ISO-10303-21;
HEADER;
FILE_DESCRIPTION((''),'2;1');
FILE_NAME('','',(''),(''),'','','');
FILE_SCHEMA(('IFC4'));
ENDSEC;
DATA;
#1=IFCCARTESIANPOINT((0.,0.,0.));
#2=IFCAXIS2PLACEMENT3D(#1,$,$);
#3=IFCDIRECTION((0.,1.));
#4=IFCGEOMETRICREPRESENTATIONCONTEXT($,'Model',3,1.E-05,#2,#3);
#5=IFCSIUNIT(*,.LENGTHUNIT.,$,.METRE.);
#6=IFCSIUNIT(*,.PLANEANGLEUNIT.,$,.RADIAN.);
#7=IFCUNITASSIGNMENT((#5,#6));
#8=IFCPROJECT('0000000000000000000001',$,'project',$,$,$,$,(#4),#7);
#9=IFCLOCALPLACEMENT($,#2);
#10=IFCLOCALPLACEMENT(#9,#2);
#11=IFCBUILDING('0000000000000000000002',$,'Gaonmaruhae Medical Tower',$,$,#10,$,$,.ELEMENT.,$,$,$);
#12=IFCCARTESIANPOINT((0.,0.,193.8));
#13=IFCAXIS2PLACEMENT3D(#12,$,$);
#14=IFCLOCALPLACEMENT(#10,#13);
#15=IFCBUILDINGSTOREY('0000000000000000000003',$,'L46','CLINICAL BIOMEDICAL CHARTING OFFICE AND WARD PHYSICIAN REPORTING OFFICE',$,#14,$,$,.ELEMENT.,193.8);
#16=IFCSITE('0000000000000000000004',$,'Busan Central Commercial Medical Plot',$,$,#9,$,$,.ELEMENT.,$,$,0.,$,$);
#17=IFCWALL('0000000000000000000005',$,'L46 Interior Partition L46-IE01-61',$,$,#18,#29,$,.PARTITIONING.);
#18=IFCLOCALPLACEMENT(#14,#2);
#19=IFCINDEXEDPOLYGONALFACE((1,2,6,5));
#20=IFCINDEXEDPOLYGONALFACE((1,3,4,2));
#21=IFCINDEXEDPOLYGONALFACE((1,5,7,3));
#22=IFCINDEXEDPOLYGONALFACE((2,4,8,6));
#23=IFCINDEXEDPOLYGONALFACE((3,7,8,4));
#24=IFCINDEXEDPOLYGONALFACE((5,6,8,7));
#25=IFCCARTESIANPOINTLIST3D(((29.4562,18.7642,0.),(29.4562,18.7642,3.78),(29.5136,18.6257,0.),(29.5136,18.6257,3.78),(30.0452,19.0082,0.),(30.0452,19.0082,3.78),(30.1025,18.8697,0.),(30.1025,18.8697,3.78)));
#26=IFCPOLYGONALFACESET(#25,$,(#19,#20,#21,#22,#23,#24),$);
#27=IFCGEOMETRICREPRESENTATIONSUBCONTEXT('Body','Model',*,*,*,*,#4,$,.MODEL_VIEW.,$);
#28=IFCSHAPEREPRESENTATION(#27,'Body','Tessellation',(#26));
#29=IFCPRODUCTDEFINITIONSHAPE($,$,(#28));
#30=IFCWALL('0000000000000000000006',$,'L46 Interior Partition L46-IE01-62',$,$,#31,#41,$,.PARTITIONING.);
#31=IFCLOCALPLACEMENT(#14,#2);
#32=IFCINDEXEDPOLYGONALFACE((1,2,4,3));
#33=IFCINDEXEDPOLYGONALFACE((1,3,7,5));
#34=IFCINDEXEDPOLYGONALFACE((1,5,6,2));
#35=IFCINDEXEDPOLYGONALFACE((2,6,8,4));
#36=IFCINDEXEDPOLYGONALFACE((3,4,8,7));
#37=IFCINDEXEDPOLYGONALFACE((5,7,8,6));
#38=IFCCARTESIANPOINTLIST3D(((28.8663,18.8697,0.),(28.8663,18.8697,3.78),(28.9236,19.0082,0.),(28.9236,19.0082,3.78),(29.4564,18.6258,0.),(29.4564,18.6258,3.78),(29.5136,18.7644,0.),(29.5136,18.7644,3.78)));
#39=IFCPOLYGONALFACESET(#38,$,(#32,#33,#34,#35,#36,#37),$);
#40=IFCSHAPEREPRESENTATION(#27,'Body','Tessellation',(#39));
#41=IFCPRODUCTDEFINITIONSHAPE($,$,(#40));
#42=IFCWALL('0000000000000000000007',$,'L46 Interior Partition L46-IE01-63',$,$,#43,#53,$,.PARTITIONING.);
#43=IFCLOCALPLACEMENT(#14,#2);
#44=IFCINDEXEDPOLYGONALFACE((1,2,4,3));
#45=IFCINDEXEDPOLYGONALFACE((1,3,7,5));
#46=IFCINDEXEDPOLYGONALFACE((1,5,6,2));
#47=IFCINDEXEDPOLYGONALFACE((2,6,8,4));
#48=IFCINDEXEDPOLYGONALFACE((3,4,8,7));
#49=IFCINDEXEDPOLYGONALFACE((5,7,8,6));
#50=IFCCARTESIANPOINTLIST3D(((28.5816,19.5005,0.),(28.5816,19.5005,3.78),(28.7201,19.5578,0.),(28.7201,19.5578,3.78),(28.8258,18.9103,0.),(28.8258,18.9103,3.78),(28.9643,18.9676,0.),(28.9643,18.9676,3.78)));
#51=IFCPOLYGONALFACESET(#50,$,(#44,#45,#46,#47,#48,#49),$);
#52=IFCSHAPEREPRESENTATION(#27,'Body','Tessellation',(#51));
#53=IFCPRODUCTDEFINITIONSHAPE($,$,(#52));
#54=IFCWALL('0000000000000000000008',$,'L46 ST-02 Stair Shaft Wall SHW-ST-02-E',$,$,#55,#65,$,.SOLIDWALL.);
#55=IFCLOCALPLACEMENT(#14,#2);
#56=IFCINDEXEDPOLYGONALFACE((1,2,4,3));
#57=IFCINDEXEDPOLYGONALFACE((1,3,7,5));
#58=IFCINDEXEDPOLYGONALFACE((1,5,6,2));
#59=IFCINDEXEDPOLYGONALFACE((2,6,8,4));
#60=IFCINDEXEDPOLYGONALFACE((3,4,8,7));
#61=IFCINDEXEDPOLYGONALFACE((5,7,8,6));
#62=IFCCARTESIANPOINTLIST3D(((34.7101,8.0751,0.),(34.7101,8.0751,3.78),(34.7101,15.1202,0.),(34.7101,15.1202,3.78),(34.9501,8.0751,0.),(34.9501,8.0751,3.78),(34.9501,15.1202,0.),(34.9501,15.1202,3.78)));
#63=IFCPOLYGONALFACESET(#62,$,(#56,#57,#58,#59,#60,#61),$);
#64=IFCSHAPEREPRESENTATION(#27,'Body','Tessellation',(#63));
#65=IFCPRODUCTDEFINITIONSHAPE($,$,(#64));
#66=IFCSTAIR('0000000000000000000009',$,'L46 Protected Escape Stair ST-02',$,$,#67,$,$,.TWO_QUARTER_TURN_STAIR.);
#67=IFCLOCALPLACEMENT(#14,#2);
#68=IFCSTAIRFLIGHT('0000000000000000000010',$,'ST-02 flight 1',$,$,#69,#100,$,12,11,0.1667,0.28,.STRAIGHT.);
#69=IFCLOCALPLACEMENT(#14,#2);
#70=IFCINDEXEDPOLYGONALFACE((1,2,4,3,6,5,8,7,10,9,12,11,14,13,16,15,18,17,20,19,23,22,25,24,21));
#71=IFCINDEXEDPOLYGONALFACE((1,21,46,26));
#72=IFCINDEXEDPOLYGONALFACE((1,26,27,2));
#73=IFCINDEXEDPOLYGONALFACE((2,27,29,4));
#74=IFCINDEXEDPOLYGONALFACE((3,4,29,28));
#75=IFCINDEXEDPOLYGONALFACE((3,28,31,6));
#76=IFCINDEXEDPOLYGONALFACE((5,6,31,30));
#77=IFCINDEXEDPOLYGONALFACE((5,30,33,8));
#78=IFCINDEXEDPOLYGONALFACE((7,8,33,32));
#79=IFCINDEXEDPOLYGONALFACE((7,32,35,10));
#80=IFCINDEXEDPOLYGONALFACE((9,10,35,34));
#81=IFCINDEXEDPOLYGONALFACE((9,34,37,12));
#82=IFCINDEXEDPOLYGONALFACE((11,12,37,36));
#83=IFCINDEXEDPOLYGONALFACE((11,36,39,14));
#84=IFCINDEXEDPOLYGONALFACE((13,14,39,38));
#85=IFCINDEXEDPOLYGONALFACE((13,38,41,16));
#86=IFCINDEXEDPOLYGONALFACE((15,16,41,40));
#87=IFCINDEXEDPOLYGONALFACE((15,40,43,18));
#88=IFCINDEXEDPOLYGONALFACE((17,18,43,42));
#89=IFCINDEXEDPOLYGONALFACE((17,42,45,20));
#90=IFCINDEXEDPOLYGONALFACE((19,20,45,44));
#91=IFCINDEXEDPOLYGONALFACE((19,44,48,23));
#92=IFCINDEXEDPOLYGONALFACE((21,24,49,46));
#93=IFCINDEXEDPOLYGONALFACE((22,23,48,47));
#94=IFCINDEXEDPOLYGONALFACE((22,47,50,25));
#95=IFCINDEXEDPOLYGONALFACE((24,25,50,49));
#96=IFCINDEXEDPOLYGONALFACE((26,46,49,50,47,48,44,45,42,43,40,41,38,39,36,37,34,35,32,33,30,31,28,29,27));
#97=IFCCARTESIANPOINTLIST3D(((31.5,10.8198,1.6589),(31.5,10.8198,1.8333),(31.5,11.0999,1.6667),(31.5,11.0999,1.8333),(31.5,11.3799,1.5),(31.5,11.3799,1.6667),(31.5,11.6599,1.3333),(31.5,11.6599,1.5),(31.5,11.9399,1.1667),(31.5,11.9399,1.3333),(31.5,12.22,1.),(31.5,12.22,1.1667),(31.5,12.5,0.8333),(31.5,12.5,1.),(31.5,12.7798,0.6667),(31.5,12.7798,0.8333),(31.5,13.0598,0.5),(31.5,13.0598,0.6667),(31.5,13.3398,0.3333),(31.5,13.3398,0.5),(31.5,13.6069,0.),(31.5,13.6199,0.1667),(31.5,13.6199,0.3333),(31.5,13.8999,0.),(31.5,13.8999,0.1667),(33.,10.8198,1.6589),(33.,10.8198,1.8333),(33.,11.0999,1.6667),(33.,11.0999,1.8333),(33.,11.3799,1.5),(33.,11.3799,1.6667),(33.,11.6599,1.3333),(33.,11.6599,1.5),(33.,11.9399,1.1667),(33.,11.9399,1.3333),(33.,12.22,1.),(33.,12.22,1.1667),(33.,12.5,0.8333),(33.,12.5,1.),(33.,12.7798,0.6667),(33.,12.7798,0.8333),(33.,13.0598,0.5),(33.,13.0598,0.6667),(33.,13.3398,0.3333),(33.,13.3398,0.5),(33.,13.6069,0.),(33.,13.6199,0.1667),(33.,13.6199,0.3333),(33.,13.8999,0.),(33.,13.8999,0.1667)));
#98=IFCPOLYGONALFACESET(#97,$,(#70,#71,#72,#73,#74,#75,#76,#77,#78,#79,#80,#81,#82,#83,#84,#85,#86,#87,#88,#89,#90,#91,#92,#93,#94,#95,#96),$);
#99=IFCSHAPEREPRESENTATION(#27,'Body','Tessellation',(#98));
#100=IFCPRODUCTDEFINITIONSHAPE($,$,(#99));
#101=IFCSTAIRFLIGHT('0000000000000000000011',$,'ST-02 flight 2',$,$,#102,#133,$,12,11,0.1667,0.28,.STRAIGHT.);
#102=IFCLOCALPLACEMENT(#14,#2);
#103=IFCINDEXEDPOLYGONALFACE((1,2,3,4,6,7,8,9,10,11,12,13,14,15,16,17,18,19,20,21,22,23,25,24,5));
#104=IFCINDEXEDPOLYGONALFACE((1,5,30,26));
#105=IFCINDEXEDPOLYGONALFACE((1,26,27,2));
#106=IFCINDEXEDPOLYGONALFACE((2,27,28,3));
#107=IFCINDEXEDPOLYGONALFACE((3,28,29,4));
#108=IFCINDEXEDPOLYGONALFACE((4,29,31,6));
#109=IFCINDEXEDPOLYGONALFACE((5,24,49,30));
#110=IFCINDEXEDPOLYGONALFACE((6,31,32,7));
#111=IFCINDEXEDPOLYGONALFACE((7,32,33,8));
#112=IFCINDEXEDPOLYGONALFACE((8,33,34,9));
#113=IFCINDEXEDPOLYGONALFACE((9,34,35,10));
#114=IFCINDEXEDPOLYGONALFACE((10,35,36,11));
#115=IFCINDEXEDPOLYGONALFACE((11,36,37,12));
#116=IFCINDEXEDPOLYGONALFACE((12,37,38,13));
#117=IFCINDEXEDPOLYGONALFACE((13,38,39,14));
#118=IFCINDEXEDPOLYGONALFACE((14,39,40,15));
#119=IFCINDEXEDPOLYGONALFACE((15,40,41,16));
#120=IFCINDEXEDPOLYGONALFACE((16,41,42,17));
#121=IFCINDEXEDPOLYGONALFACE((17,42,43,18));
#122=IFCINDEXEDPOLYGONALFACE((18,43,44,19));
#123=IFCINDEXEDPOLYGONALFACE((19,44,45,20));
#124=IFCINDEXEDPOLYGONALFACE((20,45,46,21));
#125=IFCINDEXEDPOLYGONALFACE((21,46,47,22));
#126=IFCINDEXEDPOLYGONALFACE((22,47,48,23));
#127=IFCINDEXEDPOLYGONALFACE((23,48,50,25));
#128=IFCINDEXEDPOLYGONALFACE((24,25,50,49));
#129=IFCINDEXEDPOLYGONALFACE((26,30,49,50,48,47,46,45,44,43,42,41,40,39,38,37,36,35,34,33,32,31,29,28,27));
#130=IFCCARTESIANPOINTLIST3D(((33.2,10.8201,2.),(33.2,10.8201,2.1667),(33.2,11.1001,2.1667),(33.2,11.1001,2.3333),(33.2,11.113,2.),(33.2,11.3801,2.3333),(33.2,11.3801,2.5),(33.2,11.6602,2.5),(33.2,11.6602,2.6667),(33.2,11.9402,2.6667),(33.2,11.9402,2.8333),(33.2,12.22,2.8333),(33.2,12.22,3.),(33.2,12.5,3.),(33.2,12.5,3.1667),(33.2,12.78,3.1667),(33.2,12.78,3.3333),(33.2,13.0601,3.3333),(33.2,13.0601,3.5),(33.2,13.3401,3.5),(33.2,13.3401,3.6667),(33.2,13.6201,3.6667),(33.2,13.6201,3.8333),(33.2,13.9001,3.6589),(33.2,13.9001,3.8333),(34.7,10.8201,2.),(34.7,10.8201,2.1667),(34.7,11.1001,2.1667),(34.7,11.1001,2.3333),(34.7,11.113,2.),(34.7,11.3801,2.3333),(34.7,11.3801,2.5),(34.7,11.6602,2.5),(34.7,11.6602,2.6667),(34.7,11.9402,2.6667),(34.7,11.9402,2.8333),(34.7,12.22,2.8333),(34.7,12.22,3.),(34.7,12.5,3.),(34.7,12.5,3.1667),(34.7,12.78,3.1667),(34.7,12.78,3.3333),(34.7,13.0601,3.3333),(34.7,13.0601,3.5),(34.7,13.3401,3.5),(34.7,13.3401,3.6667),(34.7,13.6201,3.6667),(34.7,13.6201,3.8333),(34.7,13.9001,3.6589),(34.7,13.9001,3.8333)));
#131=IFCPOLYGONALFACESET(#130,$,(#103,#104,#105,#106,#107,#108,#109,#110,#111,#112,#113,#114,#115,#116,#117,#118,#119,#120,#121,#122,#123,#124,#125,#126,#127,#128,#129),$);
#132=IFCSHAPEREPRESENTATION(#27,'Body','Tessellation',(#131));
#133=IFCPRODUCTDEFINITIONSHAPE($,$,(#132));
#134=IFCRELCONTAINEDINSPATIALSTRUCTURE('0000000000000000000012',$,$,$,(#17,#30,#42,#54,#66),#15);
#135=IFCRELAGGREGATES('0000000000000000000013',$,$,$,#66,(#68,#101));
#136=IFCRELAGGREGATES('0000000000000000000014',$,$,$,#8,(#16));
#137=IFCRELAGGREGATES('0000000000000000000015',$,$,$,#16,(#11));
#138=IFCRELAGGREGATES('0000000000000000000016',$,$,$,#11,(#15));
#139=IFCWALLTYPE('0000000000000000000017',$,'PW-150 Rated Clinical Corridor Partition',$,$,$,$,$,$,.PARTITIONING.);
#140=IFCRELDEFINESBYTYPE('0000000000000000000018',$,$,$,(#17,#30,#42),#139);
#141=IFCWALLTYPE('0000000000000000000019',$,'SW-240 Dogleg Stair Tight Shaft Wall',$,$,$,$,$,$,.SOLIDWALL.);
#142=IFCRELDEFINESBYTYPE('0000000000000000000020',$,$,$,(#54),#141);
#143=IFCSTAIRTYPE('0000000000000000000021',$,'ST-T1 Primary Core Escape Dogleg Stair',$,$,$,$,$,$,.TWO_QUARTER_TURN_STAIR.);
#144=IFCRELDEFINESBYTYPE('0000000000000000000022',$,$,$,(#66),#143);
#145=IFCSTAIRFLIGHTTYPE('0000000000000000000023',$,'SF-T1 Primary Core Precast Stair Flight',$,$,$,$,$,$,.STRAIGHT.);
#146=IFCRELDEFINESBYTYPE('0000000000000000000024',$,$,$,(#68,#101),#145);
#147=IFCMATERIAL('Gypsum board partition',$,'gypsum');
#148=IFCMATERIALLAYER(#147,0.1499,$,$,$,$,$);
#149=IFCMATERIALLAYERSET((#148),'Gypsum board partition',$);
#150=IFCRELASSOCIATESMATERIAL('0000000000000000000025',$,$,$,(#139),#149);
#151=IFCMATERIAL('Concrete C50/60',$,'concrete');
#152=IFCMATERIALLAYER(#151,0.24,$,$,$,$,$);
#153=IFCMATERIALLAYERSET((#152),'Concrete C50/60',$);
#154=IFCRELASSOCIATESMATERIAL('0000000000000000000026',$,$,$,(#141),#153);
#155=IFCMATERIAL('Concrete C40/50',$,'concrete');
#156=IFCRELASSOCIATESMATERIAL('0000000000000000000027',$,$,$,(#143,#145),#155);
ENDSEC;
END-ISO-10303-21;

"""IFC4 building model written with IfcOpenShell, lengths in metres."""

from ifc_helpers import new_model, si_unit, direction, frame, frame_2d, origin, place, context, subcontext, project, spatial, polyline, rectangle, outline, extrude, material, layer, layer_set, type_object, element, aggregate, save


model = new_model("IFC4")

# Units and contexts
model_context = context("Model", 3, precision=1e-05, world=origin(), true_north=direction((0.0, 1.0)))
body_context = subcontext(model_context, "Body", "Model", "MODEL_VIEW")
ifc_project = project(units=[si_unit("LENGTHUNIT", "METRE"), si_unit("PLANEANGLEUNIT", "RADIAN")], contexts=[model_context])

# Site, building, storey
site_placement = place(None, origin())
site = spatial("IfcSite", under=ifc_project, at=site_placement, Name="Busan Central Commercial Medical Plot", CompositionType="ELEMENT", RefElevation=0.0)
building_placement = place(site_placement, origin())
building = spatial("IfcBuilding", under=site, at=building_placement, Name="Gaonmaruhae Medical Tower", CompositionType="ELEMENT")
storey_placement = place(building_placement, frame((0.0, 0.0, 193.8)))
storey = spatial("IfcBuildingStorey", under=building, at=storey_placement, Name="L46", Description="CLINICAL BIOMEDICAL CHARTING OFFICE AND WARD PHYSICIAN REPORTING OFFICE", CompositionType="ELEMENT", Elevation=193.8)

# Walls
ifc_material_1 = material(Name="Gypsum board partition", Category="gypsum")
ifc_layer_1 = layer(ifc_material_1, 0.1499)
ifc_layer_set_1 = layer_set([ifc_layer_1], Name="Gypsum board partition")
wall_type_1 = type_object("IfcWallType", Name="PW-150 Rated Clinical Corridor Partition", PredefinedType="PARTITIONING", material=ifc_layer_set_1)
wall_1_placement = place(storey_placement, frame((30.074, 18.939, 0.0), z_axis=(0.0, 0.0, 1.0), x_axis=(-0.923891, -0.382656, 0.0)))
element("IfcWall", 1, at=wall_1_placement, inside=storey, type_object=wall_type_1, Name="L46 Interior Partition L46-IE01-61", PredefinedType="PARTITIONING", context=body_context, shape_type="SweptSolid", body=[
    extrude(rectangle(XDim=0.6375, YDim=0.1499, at=frame_2d((0.3188, 0.0))), origin(), (0.0, 0.0, 1.0), 3.78),
])
wall_2_placement = place(storey_placement, frame((29.4851, 18.6951, 0.0), z_axis=(0.0, 0.0, 1.0), x_axis=(-0.92417, 0.38198, 0.0)))
element("IfcWall", 2, at=wall_2_placement, inside=storey, type_object=wall_type_1, Name="L46 Interior Partition L46-IE01-62", PredefinedType="PARTITIONING", context=body_context, shape_type="SweptSolid", body=[
    extrude(rectangle(XDim=0.6384, YDim=0.1499, at=frame_2d((0.3193, 0.0))), origin(), (0.0, 0.0, 1.0), 3.78),
])
wall_3_placement = place(storey_placement, frame((28.895, 18.939, 0.0), z_axis=(0.0, 0.0, 1.0), x_axis=(-0.382307, 0.924035, 0.0)))
element("IfcWall", 3, at=wall_3_placement, inside=storey, type_object=wall_type_1, Name="L46 Interior Partition L46-IE01-63", PredefinedType="PARTITIONING", context=body_context, shape_type="SweptSolid", body=[
    extrude(rectangle(XDim=0.6387, YDim=0.1499, at=frame_2d((0.3193, 0.0))), origin(), (0.0, 0.0, 1.0), 3.78),
])

# Shared definitions
ifc_material_2 = material(Name="Concrete C50/60", Category="concrete")
ifc_layer_2 = layer(ifc_material_2, 0.24)
ifc_layer_set_2 = layer_set([ifc_layer_2], Name="Concrete C50/60")
wall_type_2 = type_object("IfcWallType", Name="SW-240 Dogleg Stair Tight Shaft Wall", PredefinedType="SOLIDWALL", material=ifc_layer_set_2)

# Wall
wall_4_placement = place(storey_placement, frame((34.8301, 15.1201, 0.0), z_axis=(0.0, 0.0, 1.0), x_axis=(0.0, -1.0, 0.0)))
element("IfcWall", 4, at=wall_4_placement, inside=storey, type_object=wall_type_2, Name="L46 ST-02 Stair Shaft Wall SHW-ST-02-E", PredefinedType="SOLIDWALL", context=body_context, shape_type="SweptSolid", body=[
    extrude(rectangle(XDim=7.0452, YDim=0.24, at=frame_2d((3.5225, 0.0))), origin(), (0.0, 0.0, 1.0), 3.78),
])

# Stair, stair flights
ifc_material_3 = material(Name="Concrete C40/50", Category="concrete")
stair_type = type_object("IfcStairType", Name="ST-T1 Primary Core Escape Dogleg Stair", PredefinedType="TWO_QUARTER_TURN_STAIR", material=ifc_material_3)
stair_placement = place(storey_placement, origin())
stair = element("IfcStair", 5, at=stair_placement, inside=storey, type_object=stair_type, Name="L46 Protected Escape Stair ST-02", PredefinedType="TWO_QUARTER_TURN_STAIR")
stair_flight_type = type_object("IfcStairFlightType", Name="SF-T1 Primary Core Precast Stair Flight", PredefinedType="STRAIGHT", material=ifc_material_3)
stair_flight_1_placement = place(storey_placement, frame((32.25, 13.8999, 0.0), z_axis=(0.0, 0.0, 1.0), x_axis=(0.0, -1.0, 0.0)))
stair_flight_1 = element("IfcStairFlight", 6, at=stair_flight_1_placement, type_object=stair_flight_type, Name="ST-02 flight 1", NumberOfRisers=12, NumberOfTreads=11, PredefinedType="STRAIGHT", RiserHeight=0.1667, TreadLength=0.28, context=body_context, shape_type="SweptSolid", body=[
    extrude(outline(polyline([(0.0, 0.0), (0.0, 0.1667), (0.28, 0.1667), (0.28, 0.3333), (0.5601, 0.3333), (0.5601, 0.5), (0.8401, 0.5), (0.8401, 0.6667), (1.1201, 0.6667), (1.1201, 0.8333), (1.3999, 0.8333), (1.3999, 1.0), (1.6799, 1.0), (1.6799, 1.1667), (1.96, 1.1667), (1.96, 1.3333), (2.24, 1.3333), (2.24, 1.5), (2.52, 1.5), (2.52, 1.6667), (2.8, 1.6667), (2.8, 1.8333), (3.0801, 1.8333), (3.0801, 2.0), (3.0801, 1.6589), (0.293, 0.0), (0.0, 0.0)])), frame((0.0, 0.75, 0.0), z_axis=(0.0, -1.0, 0.0), x_axis=(1.0, 0.0, 0.0)), (0.0, 0.0, 1.0), 1.5),
])
stair_flight_2_placement = place(storey_placement, frame((33.95, 10.8201, 2.0), z_axis=(0.0, 0.0, 1.0), x_axis=(0.0, 1.0, 0.0)))
stair_flight_2 = element("IfcStairFlight", 7, at=stair_flight_2_placement, type_object=stair_flight_type, Name="ST-02 flight 2", NumberOfRisers=12, NumberOfTreads=11, PredefinedType="STRAIGHT", RiserHeight=0.1667, TreadLength=0.28, context=body_context, shape_type="SweptSolid", body=[
    extrude(outline(polyline([(0.0, 0.0), (0.0, 0.1667), (0.28, 0.1667), (0.28, 0.3333), (0.5601, 0.3333), (0.5601, 0.5), (0.8401, 0.5), (0.8401, 0.6667), (1.1201, 0.6667), (1.1201, 0.8333), (1.3999, 0.8333), (1.3999, 1.0), (1.6799, 1.0), (1.6799, 1.1667), (1.96, 1.1667), (1.96, 1.3333), (2.24, 1.3333), (2.24, 1.5), (2.52, 1.5), (2.52, 1.6667), (2.8, 1.6667), (2.8, 1.8333), (3.0801, 1.8333), (3.0801, 2.0), (3.0801, 1.6589), (0.293, 0.0), (0.0, 0.0)])), frame((0.0, 0.75, 0.0), z_axis=(0.0, -1.0, 0.0), x_axis=(1.0, 0.0, 0.0)), (0.0, 0.0, 1.0), 1.5),
])
aggregate(stair, [stair_flight_1, stair_flight_2])

save(model, "model.ifc")
